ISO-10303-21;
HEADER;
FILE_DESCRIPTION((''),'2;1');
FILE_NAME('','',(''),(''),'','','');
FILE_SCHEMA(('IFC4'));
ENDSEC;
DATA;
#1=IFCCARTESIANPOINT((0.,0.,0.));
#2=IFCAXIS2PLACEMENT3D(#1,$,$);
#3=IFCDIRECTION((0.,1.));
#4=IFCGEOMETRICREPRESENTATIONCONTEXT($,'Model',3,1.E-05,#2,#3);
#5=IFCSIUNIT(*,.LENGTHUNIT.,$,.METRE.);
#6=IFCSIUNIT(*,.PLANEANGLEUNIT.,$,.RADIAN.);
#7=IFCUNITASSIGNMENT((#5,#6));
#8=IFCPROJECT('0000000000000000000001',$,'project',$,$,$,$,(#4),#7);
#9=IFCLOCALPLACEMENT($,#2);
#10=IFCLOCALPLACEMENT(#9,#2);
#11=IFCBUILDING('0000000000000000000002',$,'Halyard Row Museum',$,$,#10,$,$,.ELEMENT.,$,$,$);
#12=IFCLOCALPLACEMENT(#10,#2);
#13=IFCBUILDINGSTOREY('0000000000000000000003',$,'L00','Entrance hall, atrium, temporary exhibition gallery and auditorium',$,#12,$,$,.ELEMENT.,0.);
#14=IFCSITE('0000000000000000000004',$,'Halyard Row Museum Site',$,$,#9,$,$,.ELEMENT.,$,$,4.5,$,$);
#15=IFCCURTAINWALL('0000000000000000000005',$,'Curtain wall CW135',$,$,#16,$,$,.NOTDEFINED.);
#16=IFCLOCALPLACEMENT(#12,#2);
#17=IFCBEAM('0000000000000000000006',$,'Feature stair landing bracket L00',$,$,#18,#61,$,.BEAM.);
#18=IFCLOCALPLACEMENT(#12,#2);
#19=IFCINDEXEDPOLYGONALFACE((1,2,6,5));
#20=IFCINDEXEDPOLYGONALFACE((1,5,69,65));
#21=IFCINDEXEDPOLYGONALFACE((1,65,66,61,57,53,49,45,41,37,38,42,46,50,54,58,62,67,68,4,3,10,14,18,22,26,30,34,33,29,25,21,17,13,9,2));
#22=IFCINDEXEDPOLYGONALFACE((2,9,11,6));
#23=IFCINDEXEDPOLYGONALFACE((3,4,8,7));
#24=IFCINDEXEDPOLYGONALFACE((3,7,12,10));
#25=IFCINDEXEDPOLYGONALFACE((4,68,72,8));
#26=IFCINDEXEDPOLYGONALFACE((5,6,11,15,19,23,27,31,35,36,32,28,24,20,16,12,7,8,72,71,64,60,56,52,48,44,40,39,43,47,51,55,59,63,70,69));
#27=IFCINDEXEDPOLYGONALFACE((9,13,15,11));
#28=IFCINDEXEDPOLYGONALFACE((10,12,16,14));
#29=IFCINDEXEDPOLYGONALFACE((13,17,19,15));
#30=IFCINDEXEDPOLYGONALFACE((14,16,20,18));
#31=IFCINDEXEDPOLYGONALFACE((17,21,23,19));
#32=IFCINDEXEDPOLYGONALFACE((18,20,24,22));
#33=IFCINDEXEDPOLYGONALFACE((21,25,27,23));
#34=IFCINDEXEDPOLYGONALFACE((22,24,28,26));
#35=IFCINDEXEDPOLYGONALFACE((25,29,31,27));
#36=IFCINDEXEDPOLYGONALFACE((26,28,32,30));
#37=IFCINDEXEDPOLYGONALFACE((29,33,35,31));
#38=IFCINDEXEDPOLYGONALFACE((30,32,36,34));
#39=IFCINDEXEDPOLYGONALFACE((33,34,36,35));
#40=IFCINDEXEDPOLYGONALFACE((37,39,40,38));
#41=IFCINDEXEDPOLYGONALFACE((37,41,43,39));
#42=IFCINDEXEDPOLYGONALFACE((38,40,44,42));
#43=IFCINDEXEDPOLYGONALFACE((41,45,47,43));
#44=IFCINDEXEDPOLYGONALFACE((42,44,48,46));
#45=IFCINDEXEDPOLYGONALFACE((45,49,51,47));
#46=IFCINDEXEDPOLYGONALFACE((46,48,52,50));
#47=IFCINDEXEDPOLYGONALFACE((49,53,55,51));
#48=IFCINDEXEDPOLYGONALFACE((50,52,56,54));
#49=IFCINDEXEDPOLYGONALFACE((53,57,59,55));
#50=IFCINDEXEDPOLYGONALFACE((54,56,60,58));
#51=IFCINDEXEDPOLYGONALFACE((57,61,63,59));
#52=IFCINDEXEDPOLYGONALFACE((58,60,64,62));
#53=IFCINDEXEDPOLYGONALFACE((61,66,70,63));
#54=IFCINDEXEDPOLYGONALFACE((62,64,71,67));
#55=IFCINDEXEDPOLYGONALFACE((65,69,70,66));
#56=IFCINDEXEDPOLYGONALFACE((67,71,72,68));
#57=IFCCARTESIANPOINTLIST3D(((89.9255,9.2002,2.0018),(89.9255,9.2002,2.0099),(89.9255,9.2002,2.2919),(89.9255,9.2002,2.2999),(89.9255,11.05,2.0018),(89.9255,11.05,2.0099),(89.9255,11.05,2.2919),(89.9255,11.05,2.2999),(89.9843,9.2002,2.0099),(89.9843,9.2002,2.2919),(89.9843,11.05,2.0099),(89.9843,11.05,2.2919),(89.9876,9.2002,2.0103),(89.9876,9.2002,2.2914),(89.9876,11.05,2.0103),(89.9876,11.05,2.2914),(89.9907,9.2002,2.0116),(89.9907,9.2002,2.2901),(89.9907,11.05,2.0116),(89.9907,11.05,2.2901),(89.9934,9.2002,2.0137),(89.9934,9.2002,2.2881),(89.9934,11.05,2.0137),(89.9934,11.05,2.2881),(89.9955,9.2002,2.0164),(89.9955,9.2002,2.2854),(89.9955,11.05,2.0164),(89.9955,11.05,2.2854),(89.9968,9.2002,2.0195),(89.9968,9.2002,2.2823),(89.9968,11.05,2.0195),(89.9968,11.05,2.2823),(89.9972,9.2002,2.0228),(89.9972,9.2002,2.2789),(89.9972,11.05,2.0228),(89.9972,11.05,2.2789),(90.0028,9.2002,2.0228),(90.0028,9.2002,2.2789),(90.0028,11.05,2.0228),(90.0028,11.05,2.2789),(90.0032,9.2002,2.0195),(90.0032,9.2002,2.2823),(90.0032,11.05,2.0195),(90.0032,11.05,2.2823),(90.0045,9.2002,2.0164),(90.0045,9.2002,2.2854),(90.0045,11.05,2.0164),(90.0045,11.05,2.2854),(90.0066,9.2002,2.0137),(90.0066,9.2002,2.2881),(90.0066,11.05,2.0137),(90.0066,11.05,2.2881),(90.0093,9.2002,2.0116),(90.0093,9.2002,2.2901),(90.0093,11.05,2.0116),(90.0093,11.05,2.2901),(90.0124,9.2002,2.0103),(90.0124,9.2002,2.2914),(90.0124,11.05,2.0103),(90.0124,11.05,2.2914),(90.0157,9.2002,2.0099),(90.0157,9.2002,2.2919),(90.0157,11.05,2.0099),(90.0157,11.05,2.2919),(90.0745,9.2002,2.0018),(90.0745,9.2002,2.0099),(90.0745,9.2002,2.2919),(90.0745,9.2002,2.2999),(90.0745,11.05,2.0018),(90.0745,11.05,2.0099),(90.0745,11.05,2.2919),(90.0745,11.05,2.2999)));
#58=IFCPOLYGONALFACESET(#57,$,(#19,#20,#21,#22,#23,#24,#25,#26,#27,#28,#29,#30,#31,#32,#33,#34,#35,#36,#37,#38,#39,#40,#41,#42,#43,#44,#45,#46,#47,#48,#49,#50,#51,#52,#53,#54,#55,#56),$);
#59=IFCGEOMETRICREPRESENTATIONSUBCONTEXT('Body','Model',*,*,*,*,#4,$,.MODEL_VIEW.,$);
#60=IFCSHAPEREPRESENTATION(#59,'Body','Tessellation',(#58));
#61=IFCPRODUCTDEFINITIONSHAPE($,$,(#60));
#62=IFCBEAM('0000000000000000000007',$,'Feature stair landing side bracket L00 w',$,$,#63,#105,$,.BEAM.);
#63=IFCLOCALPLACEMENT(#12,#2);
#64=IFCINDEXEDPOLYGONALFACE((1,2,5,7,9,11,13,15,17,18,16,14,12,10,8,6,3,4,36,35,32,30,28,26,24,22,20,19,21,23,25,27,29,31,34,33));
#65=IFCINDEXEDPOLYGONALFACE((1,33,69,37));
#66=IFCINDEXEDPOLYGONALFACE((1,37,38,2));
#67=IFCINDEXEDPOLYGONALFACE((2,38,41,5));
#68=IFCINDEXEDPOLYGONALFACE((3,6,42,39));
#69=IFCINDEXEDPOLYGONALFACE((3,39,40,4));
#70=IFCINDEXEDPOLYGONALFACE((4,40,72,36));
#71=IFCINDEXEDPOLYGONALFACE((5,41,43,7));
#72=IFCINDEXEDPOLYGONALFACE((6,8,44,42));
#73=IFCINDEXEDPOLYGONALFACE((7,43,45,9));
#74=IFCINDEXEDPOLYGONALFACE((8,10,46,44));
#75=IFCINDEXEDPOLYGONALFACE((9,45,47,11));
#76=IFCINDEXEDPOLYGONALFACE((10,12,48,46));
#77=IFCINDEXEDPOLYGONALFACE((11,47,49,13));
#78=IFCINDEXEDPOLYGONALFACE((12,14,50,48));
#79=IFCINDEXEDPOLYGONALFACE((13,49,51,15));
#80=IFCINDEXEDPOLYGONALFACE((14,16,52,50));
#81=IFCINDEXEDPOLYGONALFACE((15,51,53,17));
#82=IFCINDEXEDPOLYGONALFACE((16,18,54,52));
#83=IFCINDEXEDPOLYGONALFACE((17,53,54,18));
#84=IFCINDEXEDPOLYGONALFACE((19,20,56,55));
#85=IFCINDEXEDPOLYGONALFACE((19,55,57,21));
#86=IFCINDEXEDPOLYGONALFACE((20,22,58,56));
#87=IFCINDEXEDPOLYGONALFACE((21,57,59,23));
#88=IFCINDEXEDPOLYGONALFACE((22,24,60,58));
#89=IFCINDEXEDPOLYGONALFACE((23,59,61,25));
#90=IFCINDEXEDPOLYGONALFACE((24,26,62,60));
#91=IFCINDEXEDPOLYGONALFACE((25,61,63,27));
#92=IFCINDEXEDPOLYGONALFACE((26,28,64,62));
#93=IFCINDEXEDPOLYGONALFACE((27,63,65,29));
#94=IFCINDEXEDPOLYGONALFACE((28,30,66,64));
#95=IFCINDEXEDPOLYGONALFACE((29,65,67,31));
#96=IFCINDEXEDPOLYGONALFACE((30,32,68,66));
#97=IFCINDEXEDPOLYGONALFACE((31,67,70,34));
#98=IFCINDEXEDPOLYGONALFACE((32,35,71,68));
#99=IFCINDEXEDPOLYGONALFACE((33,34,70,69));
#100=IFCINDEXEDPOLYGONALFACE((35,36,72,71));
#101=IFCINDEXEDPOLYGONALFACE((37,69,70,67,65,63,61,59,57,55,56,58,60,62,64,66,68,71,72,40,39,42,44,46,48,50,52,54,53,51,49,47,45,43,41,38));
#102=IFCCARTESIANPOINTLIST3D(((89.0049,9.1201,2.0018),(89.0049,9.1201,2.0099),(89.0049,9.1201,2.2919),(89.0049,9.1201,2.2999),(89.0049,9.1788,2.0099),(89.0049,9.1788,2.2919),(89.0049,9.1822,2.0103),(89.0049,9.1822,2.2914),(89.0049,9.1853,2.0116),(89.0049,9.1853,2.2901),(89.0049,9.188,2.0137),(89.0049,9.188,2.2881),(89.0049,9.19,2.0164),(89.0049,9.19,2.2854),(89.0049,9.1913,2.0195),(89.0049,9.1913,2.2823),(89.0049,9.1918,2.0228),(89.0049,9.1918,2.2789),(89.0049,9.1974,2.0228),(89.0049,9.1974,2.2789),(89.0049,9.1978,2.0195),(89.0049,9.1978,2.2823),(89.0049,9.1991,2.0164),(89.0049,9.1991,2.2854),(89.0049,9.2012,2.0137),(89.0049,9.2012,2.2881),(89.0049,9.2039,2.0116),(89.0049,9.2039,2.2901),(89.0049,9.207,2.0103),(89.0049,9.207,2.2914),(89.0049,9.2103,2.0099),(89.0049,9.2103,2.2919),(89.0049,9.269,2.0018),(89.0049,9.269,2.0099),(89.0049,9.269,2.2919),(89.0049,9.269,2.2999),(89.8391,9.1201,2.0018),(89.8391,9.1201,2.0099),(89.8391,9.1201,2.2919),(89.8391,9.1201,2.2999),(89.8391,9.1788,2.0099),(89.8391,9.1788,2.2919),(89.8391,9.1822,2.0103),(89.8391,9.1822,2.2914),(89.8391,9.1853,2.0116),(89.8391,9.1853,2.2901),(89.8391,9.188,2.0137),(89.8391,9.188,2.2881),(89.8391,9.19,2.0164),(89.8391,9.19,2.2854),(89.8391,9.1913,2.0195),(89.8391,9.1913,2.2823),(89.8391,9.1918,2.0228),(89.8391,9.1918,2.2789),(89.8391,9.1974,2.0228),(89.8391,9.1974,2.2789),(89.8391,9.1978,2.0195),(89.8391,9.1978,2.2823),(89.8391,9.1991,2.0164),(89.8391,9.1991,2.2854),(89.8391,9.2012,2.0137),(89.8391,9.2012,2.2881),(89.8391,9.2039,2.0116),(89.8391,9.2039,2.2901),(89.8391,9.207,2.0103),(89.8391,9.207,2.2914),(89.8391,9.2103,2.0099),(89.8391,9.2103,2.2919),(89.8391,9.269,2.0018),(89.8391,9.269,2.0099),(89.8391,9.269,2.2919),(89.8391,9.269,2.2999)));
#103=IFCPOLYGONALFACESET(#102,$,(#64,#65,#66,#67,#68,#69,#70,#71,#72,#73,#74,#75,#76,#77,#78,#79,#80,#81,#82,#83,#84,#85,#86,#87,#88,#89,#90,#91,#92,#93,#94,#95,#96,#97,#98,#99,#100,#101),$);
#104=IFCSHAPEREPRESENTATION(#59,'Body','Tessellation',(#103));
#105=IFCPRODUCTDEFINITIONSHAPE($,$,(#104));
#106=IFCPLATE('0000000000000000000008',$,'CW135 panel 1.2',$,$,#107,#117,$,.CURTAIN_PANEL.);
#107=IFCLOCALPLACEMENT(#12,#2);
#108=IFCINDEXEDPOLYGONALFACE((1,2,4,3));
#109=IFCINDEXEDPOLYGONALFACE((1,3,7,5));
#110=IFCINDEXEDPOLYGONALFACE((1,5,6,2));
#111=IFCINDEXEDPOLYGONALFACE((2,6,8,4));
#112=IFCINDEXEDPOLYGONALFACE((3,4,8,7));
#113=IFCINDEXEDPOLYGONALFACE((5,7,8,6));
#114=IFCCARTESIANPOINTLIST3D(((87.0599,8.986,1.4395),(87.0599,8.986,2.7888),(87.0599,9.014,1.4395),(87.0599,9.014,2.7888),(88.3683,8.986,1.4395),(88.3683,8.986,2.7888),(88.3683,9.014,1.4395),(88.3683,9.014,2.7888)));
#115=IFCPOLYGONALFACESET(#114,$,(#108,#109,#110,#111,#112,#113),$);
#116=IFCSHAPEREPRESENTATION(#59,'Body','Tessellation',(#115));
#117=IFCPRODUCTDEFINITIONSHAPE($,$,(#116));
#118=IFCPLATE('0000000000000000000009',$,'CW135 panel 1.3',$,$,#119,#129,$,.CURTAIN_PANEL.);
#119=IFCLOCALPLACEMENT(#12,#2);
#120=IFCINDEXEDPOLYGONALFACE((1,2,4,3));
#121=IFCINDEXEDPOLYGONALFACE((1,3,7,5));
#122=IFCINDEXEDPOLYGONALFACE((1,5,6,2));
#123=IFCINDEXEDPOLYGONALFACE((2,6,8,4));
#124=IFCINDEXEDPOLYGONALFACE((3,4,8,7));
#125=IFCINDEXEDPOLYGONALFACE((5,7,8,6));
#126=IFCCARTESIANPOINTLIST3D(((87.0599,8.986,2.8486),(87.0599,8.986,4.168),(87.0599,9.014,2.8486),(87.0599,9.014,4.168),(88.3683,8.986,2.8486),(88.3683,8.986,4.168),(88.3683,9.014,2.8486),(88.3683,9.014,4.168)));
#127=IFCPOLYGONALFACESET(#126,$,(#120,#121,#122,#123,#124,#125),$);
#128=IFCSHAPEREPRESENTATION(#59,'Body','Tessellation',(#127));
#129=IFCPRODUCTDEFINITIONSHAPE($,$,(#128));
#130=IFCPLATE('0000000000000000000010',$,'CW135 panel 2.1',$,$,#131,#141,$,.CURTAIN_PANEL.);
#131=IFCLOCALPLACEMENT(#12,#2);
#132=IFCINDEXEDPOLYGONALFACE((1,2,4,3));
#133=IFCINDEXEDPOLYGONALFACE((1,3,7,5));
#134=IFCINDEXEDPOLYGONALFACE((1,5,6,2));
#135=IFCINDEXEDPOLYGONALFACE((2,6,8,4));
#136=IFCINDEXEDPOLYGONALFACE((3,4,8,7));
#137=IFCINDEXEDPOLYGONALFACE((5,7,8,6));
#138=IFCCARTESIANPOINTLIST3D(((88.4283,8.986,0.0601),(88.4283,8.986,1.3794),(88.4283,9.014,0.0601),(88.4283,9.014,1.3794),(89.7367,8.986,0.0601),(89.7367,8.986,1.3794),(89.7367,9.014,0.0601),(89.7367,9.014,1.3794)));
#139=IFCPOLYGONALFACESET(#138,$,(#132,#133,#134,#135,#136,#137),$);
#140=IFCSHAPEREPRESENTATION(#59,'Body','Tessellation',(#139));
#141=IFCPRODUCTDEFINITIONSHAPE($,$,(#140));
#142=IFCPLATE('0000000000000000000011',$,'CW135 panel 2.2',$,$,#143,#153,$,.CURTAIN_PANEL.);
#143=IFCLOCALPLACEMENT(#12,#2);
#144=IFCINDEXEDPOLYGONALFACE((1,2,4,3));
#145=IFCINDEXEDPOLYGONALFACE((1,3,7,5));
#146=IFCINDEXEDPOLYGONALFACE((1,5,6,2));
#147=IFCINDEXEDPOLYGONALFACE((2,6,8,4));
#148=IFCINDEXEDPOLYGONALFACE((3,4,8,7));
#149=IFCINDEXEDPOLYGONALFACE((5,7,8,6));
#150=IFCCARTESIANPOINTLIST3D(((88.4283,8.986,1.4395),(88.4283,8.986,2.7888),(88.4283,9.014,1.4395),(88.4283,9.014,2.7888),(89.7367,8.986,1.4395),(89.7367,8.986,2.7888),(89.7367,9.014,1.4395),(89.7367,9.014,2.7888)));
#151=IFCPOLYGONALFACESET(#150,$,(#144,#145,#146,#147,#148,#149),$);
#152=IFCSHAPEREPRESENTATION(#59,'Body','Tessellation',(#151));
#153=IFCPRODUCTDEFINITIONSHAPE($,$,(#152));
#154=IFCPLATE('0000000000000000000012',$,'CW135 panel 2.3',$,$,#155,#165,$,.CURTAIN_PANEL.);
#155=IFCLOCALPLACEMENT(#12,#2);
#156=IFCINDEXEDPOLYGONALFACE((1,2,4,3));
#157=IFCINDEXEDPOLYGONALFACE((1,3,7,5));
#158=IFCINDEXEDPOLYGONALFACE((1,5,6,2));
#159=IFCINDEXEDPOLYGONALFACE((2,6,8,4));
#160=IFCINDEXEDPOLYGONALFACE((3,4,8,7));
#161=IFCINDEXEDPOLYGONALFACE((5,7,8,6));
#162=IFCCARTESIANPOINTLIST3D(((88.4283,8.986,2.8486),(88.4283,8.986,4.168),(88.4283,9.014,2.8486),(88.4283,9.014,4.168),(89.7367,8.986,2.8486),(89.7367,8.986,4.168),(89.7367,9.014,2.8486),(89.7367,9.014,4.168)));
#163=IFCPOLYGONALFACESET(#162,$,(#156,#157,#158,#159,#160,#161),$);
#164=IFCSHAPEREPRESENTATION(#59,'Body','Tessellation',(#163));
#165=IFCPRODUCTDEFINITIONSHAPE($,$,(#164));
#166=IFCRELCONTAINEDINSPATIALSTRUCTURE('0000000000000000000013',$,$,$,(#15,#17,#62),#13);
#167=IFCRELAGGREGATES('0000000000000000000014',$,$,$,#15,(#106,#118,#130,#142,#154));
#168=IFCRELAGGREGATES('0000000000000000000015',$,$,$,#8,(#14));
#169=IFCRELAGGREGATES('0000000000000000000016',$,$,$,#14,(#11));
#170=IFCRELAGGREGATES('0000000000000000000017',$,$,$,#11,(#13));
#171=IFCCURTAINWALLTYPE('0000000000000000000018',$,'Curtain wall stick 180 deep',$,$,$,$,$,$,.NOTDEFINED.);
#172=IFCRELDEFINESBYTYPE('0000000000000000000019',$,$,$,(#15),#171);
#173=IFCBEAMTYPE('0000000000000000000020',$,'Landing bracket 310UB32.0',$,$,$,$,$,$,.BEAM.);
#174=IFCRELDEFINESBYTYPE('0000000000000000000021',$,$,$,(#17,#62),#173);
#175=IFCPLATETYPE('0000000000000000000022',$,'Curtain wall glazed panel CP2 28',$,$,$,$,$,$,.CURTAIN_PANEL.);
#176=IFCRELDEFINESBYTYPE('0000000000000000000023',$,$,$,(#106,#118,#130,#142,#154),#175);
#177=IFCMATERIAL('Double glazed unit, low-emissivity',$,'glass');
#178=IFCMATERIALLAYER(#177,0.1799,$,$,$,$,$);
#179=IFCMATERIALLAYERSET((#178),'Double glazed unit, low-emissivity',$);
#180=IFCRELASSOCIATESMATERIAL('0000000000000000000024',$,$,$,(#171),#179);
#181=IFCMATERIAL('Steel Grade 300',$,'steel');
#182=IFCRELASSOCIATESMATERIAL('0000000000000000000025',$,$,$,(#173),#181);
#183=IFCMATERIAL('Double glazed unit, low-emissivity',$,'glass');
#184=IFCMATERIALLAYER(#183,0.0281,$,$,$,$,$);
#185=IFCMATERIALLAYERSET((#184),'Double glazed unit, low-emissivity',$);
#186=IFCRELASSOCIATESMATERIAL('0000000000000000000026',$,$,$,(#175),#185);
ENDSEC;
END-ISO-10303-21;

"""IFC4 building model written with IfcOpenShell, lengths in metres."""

from ifc_helpers import new_model, si_unit, direction, frame, origin, origin_2d, place, context, subcontext, project, spatial, rectangle, i_section, extrude, material, layer, layer_set, material_profile, profile_set, type_object, element, aggregate, save


model = new_model("IFC4")

# Units and contexts
model_context = context("Model", 3, precision=1e-05, world=origin(), true_north=direction((0.0, 1.0)))
body_context = subcontext(model_context, "Body", "Model", "MODEL_VIEW")
ifc_project = project(units=[si_unit("LENGTHUNIT", "METRE"), si_unit("PLANEANGLEUNIT", "RADIAN")], contexts=[model_context])

# Site, building, storey
site_placement = place(None, origin())
site = spatial("IfcSite", under=ifc_project, at=site_placement, Name="Halyard Row Museum Site", CompositionType="ELEMENT", RefElevation=4.5)
building_placement = place(site_placement, origin())
building = spatial("IfcBuilding", under=site, at=building_placement, Name="Halyard Row Museum", CompositionType="ELEMENT")
storey_placement = place(building_placement, origin())
storey = spatial("IfcBuildingStorey", under=building, at=storey_placement, Name="L00", Description="Entrance hall, atrium, temporary exhibition gallery and auditorium", CompositionType="ELEMENT", Elevation=0.0)

# Curtain wall
ifc_material_1 = material(Name="Double glazed unit, low-emissivity", Category="glass")
ifc_layer_1 = layer(ifc_material_1, 0.1799)
ifc_layer_set_1 = layer_set([ifc_layer_1], Name="Double glazed unit, low-emissivity")
curtain_wall_type = type_object("IfcCurtainWallType", Name="Curtain wall stick 180 deep", PredefinedType="NOTDEFINED", material=ifc_layer_set_1)
curtain_wall_1_placement = place(storey_placement, origin())
curtain_wall_1 = element("IfcCurtainWall", 1, at=curtain_wall_1_placement, inside=storey, type_object=curtain_wall_type, Name="Curtain wall CW135", PredefinedType="NOTDEFINED")

# Beams
ifc_material_2 = material(Name="Steel Grade 300", Category="steel")
ifc_material_profile_1 = material_profile(ifc_material_2, i_section(OverallWidth=0.1489, OverallDepth=0.2981, WebThickness=0.0056, FlangeThickness=0.0081, FilletRadius=0.0129, at=origin_2d()), Name="310UB32.0")
ifc_profile_set_1 = profile_set([ifc_material_profile_1], Name="Steel Grade 300")
beam_type_1 = type_object("IfcBeamType", Name="Landing bracket 310UB32.0", PredefinedType="BEAM", material=ifc_profile_set_1)
beam_1_placement = place(storey_placement, frame((90.0, 9.2002, 2.1509), z_axis=(0.0, 1.0, 0.0), x_axis=(-1.0, 0.0, 0.0)))
element("IfcBeam", 2, at=beam_1_placement, inside=storey, type_object=beam_type_1, Name="Feature stair landing bracket L00", PredefinedType="BEAM", context=body_context, shape_type="SweptSolid", body=[
    extrude(i_section(OverallWidth=0.1489, OverallDepth=0.2981, WebThickness=0.0056, FlangeThickness=0.0081, FilletRadius=0.0129, at=origin_2d()), origin(), (0.0, 0.0, 1.0), 1.8499),
])
beam_2_placement = place(storey_placement, frame((89.0049, 9.1946, 2.1509), z_axis=(1.0, 0.0, 0.0), x_axis=(0.0, 1.0, 0.0)))
element("IfcBeam", 3, at=beam_2_placement, inside=storey, type_object=beam_type_1, Name="Feature stair landing side bracket L00 w", PredefinedType="BEAM", context=body_context, shape_type="SweptSolid", body=[
    extrude(i_section(OverallWidth=0.1489, OverallDepth=0.2981, WebThickness=0.0056, FlangeThickness=0.0081, FilletRadius=0.0129, at=origin_2d()), origin(), (0.0, 0.0, 1.0), 0.8342),
])

# Plates
ifc_material_3 = material(Name="Double glazed unit, low-emissivity", Category="glass")
ifc_layer_2 = layer(ifc_material_3, 0.0281)
ifc_layer_set_2 = layer_set([ifc_layer_2], Name="Double glazed unit, low-emissivity")
plate_type = type_object("IfcPlateType", Name="Curtain wall glazed panel CP2 28", PredefinedType="CURTAIN_PANEL", material=ifc_layer_set_2)
plate_1_placement = place(storey_placement, frame((87.7141, 9.0, 1.4395), z_axis=(0.0, 0.0, 1.0), x_axis=(1.0, 0.0, 0.0)))
plate_1 = element("IfcPlate", 4, at=plate_1_placement, type_object=plate_type, Name="CW135 panel 1.2", PredefinedType="CURTAIN_PANEL", context=body_context, shape_type="SweptSolid", body=[
    extrude(rectangle(XDim=1.3083, YDim=0.0281, at=origin_2d()), origin(), (0.0, 0.0, 1.0), 1.3494),
])
plate_2_placement = place(storey_placement, frame((87.7141, 9.0, 2.8486), z_axis=(0.0, 0.0, 1.0), x_axis=(1.0, 0.0, 0.0)))
plate_2 = element("IfcPlate", 5, at=plate_2_placement, type_object=plate_type, Name="CW135 panel 1.3", PredefinedType="CURTAIN_PANEL", context=body_context, shape_type="SweptSolid", body=[
    extrude(rectangle(XDim=1.3083, YDim=0.0281, at=origin_2d()), origin(), (0.0, 0.0, 1.0), 1.3193),
])
plate_3_placement = place(storey_placement, frame((89.0825, 9.0, 0.0601), z_axis=(0.0, 0.0, 1.0), x_axis=(1.0, 0.0, 0.0)))
plate_3 = element("IfcPlate", 6, at=plate_3_placement, type_object=plate_type, Name="CW135 panel 2.1", PredefinedType="CURTAIN_PANEL", context=body_context, shape_type="SweptSolid", body=[
    extrude(rectangle(XDim=1.3083, YDim=0.0281, at=origin_2d()), origin(), (0.0, 0.0, 1.0), 1.3193),
])
plate_4_placement = place(storey_placement, frame((89.0825, 9.0, 1.4395), z_axis=(0.0, 0.0, 1.0), x_axis=(1.0, 0.0, 0.0)))
plate_4 = element("IfcPlate", 7, at=plate_4_placement, type_object=plate_type, Name="CW135 panel 2.2", PredefinedType="CURTAIN_PANEL", context=body_context, shape_type="SweptSolid", body=[
    extrude(rectangle(XDim=1.3083, YDim=0.0281, at=origin_2d()), origin(), (0.0, 0.0, 1.0), 1.3494),
])
plate_5_placement = place(storey_placement, frame((89.0825, 9.0, 2.8486), z_axis=(0.0, 0.0, 1.0), x_axis=(1.0, 0.0, 0.0)))
plate_5 = element("IfcPlate", 8, at=plate_5_placement, type_object=plate_type, Name="CW135 panel 2.3", PredefinedType="CURTAIN_PANEL", context=body_context, shape_type="SweptSolid", body=[
    extrude(rectangle(XDim=1.3083, YDim=0.0281, at=origin_2d()), origin(), (0.0, 0.0, 1.0), 1.3193),
])
aggregate(curtain_wall_1, [plate_1, plate_2, plate_3, plate_4, plate_5])

save(model, "model.ifc")
